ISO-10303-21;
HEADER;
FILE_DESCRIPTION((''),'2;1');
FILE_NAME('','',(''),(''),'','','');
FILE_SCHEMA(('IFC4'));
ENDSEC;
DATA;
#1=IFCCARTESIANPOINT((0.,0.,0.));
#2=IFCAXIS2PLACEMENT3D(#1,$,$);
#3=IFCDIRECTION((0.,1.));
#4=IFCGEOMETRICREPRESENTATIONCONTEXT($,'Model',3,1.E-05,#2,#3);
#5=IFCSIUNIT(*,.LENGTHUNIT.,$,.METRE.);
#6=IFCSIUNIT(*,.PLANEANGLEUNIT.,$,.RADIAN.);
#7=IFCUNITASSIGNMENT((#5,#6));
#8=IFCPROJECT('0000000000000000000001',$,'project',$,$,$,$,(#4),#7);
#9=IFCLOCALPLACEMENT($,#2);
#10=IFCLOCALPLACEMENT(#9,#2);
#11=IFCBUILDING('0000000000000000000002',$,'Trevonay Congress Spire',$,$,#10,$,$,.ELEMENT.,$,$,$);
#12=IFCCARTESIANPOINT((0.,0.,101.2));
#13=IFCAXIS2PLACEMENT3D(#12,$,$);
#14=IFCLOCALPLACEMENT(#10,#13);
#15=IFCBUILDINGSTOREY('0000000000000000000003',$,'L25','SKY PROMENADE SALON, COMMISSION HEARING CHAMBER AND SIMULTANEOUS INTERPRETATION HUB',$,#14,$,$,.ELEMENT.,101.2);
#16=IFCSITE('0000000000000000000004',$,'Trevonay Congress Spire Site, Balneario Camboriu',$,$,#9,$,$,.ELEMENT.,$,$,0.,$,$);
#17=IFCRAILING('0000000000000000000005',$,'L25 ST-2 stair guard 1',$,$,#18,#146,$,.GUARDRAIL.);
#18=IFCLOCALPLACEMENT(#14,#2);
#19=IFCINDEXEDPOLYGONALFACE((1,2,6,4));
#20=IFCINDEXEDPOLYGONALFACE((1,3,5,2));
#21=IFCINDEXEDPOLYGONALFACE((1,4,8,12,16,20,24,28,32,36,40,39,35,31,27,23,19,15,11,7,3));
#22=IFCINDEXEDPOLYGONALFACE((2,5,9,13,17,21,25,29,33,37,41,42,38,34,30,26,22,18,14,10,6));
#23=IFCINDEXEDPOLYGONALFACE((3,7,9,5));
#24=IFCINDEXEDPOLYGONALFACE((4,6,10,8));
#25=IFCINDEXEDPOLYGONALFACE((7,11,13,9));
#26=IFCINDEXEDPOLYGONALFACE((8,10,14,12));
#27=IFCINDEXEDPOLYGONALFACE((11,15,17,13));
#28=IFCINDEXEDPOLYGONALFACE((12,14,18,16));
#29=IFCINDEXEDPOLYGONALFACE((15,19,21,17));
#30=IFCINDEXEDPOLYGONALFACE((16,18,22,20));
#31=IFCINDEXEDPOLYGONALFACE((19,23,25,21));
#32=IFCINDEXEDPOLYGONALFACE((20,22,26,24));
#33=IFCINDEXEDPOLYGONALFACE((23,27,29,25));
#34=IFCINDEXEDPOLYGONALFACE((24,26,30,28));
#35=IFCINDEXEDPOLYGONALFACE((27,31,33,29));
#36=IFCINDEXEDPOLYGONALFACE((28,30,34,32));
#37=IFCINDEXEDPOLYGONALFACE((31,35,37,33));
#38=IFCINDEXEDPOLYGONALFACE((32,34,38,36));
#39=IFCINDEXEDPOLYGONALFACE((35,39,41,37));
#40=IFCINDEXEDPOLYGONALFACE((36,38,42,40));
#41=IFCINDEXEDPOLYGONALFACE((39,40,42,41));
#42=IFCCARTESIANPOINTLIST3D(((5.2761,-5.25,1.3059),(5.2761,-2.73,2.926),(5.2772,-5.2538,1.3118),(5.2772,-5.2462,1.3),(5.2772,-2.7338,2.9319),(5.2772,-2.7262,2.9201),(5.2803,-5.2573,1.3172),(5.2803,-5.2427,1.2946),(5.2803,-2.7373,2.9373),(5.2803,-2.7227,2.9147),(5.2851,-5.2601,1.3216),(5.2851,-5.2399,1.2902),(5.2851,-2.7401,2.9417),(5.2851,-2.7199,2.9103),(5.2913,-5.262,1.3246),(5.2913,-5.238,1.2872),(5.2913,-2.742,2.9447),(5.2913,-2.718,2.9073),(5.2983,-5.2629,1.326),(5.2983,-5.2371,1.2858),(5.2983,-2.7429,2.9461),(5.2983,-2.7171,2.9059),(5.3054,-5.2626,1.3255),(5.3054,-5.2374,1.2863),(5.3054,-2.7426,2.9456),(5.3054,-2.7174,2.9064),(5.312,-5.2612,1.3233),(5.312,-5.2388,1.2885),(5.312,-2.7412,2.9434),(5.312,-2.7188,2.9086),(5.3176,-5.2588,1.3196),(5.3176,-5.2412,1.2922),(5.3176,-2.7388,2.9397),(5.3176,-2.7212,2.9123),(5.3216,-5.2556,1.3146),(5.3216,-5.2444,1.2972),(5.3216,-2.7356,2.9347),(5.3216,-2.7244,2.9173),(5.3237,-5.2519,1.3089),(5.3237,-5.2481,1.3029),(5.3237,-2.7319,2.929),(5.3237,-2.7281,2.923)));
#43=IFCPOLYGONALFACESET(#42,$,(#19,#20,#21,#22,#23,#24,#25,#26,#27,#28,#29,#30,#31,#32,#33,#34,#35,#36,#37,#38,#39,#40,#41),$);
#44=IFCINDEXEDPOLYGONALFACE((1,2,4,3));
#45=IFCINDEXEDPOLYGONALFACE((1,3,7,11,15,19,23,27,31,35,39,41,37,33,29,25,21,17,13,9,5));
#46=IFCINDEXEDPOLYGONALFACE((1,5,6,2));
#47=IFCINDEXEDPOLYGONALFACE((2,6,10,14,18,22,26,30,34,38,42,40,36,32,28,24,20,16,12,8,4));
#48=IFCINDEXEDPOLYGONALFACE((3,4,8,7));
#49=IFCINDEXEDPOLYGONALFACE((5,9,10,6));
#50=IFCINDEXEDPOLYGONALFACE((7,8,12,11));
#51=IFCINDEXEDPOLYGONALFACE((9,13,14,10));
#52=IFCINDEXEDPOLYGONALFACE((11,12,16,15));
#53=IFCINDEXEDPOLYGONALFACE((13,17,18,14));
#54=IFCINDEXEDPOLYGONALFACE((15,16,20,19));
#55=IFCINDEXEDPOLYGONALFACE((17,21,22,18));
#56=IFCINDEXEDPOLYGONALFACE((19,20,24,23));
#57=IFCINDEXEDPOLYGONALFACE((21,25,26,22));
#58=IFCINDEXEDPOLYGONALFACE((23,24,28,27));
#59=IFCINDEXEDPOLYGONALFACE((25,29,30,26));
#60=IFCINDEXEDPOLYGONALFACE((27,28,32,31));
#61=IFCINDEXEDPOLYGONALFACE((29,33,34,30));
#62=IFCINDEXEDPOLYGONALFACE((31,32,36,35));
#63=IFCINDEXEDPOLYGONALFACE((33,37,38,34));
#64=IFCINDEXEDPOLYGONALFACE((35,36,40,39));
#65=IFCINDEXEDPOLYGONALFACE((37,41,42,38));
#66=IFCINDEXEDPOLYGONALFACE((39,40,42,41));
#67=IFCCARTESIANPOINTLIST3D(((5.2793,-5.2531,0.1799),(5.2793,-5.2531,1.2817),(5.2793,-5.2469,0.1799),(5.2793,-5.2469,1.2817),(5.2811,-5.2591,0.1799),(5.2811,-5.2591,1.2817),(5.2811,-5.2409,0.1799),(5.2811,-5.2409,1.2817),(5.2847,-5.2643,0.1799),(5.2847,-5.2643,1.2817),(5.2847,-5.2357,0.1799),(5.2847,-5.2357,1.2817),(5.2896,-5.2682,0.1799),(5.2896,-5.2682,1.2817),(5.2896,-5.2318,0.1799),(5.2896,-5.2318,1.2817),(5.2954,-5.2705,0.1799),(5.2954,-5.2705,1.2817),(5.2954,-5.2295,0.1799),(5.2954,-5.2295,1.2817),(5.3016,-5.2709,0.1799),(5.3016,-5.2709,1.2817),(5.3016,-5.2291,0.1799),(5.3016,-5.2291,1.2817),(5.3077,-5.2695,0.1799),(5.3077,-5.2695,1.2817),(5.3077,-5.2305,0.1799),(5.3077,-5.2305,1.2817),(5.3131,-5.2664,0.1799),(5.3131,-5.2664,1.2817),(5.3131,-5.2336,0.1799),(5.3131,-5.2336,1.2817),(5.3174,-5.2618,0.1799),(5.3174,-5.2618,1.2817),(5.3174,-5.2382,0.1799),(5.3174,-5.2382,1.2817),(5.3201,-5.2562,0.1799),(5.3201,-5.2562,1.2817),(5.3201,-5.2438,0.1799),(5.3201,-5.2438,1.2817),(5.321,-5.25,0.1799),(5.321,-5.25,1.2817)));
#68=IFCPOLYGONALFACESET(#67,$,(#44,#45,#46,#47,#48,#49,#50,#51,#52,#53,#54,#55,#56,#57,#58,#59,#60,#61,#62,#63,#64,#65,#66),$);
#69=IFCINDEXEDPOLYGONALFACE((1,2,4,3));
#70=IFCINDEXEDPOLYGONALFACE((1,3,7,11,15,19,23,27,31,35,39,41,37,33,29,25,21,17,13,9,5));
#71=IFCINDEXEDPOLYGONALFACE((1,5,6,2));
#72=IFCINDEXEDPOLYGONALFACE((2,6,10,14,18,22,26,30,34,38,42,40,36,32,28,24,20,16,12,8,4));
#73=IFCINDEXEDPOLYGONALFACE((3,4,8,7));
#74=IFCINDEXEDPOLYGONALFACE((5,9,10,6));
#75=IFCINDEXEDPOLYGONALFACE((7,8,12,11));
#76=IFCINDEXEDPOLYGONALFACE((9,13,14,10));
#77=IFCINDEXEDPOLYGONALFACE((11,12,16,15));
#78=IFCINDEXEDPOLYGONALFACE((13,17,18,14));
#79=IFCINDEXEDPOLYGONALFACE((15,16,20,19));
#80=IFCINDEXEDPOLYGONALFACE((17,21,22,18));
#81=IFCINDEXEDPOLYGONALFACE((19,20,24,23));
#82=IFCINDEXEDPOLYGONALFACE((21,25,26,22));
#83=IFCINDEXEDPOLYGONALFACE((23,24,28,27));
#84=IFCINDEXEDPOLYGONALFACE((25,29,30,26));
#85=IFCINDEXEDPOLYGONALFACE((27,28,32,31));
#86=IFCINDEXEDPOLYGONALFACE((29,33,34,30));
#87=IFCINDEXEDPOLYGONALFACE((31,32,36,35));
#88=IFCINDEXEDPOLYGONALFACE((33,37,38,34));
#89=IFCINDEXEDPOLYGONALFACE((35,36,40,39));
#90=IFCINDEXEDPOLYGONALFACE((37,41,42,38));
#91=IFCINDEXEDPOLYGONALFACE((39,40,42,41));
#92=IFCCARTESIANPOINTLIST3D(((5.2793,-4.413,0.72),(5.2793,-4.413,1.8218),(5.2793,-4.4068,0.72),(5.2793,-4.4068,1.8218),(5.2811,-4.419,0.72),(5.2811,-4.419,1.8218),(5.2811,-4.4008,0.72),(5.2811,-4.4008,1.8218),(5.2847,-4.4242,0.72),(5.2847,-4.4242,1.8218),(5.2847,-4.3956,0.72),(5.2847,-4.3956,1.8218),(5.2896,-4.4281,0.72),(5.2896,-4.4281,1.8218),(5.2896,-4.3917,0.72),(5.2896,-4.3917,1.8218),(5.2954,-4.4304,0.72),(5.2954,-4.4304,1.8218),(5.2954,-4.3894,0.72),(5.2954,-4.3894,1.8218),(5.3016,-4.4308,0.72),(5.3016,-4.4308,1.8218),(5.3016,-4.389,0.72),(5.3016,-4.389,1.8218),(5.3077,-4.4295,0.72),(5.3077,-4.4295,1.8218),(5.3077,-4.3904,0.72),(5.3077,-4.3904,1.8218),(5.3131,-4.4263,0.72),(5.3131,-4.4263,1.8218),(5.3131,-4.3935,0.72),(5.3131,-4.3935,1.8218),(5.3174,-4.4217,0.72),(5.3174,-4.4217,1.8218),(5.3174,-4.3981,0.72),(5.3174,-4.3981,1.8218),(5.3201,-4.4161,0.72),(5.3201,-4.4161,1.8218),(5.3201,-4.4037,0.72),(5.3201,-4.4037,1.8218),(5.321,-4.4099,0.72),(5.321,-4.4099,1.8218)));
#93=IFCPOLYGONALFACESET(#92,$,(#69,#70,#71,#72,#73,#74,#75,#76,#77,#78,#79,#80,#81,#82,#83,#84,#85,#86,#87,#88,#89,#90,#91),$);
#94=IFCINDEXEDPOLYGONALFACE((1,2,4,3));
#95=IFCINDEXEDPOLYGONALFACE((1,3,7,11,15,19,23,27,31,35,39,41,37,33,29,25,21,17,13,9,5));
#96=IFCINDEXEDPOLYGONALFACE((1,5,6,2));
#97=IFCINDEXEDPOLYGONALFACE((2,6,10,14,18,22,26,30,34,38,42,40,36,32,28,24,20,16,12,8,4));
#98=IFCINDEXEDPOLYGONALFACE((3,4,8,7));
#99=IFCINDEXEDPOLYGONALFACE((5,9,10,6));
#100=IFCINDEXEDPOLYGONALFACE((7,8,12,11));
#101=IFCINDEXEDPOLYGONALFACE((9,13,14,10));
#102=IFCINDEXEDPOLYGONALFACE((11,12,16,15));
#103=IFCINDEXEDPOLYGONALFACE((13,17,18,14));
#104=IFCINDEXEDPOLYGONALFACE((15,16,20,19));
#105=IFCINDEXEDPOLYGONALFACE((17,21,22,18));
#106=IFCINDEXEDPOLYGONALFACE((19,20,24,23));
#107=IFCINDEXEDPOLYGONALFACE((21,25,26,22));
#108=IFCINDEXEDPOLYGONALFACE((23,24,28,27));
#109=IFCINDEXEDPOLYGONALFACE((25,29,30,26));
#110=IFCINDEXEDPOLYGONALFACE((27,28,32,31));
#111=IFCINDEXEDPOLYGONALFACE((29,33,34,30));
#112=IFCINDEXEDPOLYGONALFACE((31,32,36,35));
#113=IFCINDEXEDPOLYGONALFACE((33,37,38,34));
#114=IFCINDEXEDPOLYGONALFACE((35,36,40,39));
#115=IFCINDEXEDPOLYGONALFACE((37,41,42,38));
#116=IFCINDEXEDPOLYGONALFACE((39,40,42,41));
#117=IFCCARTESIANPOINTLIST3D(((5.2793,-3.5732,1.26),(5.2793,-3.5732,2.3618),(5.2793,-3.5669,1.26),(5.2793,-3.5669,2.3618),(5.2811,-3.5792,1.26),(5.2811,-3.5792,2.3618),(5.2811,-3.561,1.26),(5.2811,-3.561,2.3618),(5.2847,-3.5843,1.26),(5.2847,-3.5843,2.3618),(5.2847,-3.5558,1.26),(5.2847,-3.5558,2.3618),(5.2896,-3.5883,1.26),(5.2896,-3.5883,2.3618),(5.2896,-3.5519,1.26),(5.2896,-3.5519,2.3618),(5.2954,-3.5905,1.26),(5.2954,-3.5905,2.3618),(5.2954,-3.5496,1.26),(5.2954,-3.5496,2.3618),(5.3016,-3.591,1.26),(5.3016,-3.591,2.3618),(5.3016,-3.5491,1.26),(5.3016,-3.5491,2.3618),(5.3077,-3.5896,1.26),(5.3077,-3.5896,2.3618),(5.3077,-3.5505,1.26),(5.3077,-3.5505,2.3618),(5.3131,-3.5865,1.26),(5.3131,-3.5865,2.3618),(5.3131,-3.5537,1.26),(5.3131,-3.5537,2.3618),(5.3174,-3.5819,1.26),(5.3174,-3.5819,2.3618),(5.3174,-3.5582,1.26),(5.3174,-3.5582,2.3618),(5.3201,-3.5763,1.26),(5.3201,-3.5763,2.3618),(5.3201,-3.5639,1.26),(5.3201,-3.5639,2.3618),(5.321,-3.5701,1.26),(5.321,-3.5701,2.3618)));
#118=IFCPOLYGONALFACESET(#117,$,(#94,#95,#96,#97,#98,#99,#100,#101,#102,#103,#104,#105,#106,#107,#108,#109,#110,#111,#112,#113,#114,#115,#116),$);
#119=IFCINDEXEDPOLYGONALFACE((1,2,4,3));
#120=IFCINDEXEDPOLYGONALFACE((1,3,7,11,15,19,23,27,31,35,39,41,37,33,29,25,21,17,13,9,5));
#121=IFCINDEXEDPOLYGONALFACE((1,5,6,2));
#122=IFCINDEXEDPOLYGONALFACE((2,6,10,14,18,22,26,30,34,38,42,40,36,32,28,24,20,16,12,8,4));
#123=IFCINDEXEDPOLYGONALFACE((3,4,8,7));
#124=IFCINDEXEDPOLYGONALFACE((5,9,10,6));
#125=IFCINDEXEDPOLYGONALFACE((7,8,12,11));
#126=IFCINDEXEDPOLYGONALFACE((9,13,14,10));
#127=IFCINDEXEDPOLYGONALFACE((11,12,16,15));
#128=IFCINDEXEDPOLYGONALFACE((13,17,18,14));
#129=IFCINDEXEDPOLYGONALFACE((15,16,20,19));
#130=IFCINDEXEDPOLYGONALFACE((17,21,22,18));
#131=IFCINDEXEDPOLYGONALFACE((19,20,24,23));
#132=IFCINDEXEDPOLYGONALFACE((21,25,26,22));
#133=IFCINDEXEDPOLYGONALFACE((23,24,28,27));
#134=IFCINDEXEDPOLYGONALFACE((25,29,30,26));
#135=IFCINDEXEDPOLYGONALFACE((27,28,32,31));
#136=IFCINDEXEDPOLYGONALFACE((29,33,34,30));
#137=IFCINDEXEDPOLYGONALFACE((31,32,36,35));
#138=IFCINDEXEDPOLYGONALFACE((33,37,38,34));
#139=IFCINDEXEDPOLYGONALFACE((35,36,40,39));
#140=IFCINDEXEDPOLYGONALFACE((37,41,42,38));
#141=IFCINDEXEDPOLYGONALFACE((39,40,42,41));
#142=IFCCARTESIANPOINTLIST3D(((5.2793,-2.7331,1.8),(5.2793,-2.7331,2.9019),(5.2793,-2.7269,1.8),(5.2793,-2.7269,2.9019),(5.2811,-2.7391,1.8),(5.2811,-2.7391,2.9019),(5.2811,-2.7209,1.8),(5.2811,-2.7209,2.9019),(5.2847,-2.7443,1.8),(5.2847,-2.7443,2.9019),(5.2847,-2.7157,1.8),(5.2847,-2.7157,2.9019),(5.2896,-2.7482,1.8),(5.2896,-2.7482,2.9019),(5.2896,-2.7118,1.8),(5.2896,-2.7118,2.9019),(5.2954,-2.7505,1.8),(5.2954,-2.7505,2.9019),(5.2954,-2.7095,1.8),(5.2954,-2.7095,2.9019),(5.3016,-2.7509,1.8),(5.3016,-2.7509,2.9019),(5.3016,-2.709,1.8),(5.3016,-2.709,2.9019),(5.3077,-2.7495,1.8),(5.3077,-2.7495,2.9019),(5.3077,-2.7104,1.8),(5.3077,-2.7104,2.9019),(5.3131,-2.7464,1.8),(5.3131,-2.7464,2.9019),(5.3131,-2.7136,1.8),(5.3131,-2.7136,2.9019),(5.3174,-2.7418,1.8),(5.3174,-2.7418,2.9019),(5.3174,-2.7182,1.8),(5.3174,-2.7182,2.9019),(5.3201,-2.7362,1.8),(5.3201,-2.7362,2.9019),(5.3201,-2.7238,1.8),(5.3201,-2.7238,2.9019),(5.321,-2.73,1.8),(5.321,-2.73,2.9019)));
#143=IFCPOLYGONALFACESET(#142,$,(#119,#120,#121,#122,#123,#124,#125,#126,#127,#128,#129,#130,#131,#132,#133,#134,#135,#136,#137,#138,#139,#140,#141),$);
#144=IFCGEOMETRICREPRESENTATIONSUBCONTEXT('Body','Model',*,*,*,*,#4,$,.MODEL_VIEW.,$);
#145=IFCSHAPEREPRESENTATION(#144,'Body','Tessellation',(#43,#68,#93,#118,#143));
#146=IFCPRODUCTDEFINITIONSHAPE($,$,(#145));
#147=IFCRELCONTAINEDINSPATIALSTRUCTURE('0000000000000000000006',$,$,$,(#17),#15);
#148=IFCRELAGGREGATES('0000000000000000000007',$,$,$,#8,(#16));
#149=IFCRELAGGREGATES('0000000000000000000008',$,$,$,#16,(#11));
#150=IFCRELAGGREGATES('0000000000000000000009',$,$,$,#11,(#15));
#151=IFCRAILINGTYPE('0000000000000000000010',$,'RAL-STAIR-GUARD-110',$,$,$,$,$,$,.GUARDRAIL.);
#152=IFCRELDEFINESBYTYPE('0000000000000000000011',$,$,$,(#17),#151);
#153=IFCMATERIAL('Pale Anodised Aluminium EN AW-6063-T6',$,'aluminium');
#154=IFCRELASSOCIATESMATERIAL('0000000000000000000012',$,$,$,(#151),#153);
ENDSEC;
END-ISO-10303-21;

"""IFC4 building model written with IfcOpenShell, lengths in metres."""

from ifc_helpers import new_model, si_unit, direction, frame, origin, origin_2d, place, context, subcontext, project, spatial, circle, extrude, material, type_object, element, save


model = new_model("IFC4")

# Units and contexts
model_context = context("Model", 3, precision=1e-05, world=origin(), true_north=direction((0.0, 1.0)))
body_context = subcontext(model_context, "Body", "Model", "MODEL_VIEW")
ifc_project = project(units=[si_unit("LENGTHUNIT", "METRE"), si_unit("PLANEANGLEUNIT", "RADIAN")], contexts=[model_context])

# Site, building, storey
site_placement = place(None, origin())
site = spatial("IfcSite", under=ifc_project, at=site_placement, Name="Trevonay Congress Spire Site, Balneario Camboriu", CompositionType="ELEMENT", RefElevation=0.0)
building_placement = place(site_placement, origin())
building = spatial("IfcBuilding", under=site, at=building_placement, Name="Trevonay Congress Spire", CompositionType="ELEMENT")
storey_placement = place(building_placement, frame((0.0, 0.0, 101.2)))
storey = spatial("IfcBuildingStorey", under=building, at=storey_placement, Name="L25", Description="SKY PROMENADE SALON, COMMISSION HEARING CHAMBER AND SIMULTANEOUS INTERPRETATION HUB", CompositionType="ELEMENT", Elevation=101.2)

# Shared definitions
ifc_material_1 = material(Name="Pale Anodised Aluminium EN AW-6063-T6", Category="aluminium")

# Railing
railing_type_1 = type_object("IfcRailingType", Name="RAL-STAIR-GUARD-110", PredefinedType="GUARDRAIL", material=ifc_material_1)
railing_1_placement = place(storey_placement, frame((5.3, -5.25, 0.1799)))
element("IfcRailing", 1, at=railing_1_placement, inside=storey, type_object=railing_type_1, Name="L25 ST-2 stair guard 1", PredefinedType="GUARDRAIL", context=body_context, shape_type="SweptSolid", body=[
    extrude(circle(Radius=0.0239, at=origin_2d()), frame((0.0, 0.0, 1.126), z_axis=(0.0, 0.841163, 0.540782), x_axis=(-1.0, 0.0, 0.0)), (0.0, 0.0, 1.0), 2.9958),
    extrude(circle(Radius=0.021, at=origin_2d()), origin(), (0.0, 0.0, 1.0), 1.1018),
    extrude(circle(Radius=0.021, at=origin_2d()), frame((0.0, 0.8401, 0.54)), (0.0, 0.0, 1.0), 1.1018),
    extrude(circle(Radius=0.021, at=origin_2d()), frame((0.0, 1.6799, 1.0801)), (0.0, 0.0, 1.0), 1.1018),
    extrude(circle(Radius=0.021, at=origin_2d()), frame((0.0, 2.52, 1.6201)), (0.0, 0.0, 1.0), 1.1018),
])

save(model, "model.ifc")
